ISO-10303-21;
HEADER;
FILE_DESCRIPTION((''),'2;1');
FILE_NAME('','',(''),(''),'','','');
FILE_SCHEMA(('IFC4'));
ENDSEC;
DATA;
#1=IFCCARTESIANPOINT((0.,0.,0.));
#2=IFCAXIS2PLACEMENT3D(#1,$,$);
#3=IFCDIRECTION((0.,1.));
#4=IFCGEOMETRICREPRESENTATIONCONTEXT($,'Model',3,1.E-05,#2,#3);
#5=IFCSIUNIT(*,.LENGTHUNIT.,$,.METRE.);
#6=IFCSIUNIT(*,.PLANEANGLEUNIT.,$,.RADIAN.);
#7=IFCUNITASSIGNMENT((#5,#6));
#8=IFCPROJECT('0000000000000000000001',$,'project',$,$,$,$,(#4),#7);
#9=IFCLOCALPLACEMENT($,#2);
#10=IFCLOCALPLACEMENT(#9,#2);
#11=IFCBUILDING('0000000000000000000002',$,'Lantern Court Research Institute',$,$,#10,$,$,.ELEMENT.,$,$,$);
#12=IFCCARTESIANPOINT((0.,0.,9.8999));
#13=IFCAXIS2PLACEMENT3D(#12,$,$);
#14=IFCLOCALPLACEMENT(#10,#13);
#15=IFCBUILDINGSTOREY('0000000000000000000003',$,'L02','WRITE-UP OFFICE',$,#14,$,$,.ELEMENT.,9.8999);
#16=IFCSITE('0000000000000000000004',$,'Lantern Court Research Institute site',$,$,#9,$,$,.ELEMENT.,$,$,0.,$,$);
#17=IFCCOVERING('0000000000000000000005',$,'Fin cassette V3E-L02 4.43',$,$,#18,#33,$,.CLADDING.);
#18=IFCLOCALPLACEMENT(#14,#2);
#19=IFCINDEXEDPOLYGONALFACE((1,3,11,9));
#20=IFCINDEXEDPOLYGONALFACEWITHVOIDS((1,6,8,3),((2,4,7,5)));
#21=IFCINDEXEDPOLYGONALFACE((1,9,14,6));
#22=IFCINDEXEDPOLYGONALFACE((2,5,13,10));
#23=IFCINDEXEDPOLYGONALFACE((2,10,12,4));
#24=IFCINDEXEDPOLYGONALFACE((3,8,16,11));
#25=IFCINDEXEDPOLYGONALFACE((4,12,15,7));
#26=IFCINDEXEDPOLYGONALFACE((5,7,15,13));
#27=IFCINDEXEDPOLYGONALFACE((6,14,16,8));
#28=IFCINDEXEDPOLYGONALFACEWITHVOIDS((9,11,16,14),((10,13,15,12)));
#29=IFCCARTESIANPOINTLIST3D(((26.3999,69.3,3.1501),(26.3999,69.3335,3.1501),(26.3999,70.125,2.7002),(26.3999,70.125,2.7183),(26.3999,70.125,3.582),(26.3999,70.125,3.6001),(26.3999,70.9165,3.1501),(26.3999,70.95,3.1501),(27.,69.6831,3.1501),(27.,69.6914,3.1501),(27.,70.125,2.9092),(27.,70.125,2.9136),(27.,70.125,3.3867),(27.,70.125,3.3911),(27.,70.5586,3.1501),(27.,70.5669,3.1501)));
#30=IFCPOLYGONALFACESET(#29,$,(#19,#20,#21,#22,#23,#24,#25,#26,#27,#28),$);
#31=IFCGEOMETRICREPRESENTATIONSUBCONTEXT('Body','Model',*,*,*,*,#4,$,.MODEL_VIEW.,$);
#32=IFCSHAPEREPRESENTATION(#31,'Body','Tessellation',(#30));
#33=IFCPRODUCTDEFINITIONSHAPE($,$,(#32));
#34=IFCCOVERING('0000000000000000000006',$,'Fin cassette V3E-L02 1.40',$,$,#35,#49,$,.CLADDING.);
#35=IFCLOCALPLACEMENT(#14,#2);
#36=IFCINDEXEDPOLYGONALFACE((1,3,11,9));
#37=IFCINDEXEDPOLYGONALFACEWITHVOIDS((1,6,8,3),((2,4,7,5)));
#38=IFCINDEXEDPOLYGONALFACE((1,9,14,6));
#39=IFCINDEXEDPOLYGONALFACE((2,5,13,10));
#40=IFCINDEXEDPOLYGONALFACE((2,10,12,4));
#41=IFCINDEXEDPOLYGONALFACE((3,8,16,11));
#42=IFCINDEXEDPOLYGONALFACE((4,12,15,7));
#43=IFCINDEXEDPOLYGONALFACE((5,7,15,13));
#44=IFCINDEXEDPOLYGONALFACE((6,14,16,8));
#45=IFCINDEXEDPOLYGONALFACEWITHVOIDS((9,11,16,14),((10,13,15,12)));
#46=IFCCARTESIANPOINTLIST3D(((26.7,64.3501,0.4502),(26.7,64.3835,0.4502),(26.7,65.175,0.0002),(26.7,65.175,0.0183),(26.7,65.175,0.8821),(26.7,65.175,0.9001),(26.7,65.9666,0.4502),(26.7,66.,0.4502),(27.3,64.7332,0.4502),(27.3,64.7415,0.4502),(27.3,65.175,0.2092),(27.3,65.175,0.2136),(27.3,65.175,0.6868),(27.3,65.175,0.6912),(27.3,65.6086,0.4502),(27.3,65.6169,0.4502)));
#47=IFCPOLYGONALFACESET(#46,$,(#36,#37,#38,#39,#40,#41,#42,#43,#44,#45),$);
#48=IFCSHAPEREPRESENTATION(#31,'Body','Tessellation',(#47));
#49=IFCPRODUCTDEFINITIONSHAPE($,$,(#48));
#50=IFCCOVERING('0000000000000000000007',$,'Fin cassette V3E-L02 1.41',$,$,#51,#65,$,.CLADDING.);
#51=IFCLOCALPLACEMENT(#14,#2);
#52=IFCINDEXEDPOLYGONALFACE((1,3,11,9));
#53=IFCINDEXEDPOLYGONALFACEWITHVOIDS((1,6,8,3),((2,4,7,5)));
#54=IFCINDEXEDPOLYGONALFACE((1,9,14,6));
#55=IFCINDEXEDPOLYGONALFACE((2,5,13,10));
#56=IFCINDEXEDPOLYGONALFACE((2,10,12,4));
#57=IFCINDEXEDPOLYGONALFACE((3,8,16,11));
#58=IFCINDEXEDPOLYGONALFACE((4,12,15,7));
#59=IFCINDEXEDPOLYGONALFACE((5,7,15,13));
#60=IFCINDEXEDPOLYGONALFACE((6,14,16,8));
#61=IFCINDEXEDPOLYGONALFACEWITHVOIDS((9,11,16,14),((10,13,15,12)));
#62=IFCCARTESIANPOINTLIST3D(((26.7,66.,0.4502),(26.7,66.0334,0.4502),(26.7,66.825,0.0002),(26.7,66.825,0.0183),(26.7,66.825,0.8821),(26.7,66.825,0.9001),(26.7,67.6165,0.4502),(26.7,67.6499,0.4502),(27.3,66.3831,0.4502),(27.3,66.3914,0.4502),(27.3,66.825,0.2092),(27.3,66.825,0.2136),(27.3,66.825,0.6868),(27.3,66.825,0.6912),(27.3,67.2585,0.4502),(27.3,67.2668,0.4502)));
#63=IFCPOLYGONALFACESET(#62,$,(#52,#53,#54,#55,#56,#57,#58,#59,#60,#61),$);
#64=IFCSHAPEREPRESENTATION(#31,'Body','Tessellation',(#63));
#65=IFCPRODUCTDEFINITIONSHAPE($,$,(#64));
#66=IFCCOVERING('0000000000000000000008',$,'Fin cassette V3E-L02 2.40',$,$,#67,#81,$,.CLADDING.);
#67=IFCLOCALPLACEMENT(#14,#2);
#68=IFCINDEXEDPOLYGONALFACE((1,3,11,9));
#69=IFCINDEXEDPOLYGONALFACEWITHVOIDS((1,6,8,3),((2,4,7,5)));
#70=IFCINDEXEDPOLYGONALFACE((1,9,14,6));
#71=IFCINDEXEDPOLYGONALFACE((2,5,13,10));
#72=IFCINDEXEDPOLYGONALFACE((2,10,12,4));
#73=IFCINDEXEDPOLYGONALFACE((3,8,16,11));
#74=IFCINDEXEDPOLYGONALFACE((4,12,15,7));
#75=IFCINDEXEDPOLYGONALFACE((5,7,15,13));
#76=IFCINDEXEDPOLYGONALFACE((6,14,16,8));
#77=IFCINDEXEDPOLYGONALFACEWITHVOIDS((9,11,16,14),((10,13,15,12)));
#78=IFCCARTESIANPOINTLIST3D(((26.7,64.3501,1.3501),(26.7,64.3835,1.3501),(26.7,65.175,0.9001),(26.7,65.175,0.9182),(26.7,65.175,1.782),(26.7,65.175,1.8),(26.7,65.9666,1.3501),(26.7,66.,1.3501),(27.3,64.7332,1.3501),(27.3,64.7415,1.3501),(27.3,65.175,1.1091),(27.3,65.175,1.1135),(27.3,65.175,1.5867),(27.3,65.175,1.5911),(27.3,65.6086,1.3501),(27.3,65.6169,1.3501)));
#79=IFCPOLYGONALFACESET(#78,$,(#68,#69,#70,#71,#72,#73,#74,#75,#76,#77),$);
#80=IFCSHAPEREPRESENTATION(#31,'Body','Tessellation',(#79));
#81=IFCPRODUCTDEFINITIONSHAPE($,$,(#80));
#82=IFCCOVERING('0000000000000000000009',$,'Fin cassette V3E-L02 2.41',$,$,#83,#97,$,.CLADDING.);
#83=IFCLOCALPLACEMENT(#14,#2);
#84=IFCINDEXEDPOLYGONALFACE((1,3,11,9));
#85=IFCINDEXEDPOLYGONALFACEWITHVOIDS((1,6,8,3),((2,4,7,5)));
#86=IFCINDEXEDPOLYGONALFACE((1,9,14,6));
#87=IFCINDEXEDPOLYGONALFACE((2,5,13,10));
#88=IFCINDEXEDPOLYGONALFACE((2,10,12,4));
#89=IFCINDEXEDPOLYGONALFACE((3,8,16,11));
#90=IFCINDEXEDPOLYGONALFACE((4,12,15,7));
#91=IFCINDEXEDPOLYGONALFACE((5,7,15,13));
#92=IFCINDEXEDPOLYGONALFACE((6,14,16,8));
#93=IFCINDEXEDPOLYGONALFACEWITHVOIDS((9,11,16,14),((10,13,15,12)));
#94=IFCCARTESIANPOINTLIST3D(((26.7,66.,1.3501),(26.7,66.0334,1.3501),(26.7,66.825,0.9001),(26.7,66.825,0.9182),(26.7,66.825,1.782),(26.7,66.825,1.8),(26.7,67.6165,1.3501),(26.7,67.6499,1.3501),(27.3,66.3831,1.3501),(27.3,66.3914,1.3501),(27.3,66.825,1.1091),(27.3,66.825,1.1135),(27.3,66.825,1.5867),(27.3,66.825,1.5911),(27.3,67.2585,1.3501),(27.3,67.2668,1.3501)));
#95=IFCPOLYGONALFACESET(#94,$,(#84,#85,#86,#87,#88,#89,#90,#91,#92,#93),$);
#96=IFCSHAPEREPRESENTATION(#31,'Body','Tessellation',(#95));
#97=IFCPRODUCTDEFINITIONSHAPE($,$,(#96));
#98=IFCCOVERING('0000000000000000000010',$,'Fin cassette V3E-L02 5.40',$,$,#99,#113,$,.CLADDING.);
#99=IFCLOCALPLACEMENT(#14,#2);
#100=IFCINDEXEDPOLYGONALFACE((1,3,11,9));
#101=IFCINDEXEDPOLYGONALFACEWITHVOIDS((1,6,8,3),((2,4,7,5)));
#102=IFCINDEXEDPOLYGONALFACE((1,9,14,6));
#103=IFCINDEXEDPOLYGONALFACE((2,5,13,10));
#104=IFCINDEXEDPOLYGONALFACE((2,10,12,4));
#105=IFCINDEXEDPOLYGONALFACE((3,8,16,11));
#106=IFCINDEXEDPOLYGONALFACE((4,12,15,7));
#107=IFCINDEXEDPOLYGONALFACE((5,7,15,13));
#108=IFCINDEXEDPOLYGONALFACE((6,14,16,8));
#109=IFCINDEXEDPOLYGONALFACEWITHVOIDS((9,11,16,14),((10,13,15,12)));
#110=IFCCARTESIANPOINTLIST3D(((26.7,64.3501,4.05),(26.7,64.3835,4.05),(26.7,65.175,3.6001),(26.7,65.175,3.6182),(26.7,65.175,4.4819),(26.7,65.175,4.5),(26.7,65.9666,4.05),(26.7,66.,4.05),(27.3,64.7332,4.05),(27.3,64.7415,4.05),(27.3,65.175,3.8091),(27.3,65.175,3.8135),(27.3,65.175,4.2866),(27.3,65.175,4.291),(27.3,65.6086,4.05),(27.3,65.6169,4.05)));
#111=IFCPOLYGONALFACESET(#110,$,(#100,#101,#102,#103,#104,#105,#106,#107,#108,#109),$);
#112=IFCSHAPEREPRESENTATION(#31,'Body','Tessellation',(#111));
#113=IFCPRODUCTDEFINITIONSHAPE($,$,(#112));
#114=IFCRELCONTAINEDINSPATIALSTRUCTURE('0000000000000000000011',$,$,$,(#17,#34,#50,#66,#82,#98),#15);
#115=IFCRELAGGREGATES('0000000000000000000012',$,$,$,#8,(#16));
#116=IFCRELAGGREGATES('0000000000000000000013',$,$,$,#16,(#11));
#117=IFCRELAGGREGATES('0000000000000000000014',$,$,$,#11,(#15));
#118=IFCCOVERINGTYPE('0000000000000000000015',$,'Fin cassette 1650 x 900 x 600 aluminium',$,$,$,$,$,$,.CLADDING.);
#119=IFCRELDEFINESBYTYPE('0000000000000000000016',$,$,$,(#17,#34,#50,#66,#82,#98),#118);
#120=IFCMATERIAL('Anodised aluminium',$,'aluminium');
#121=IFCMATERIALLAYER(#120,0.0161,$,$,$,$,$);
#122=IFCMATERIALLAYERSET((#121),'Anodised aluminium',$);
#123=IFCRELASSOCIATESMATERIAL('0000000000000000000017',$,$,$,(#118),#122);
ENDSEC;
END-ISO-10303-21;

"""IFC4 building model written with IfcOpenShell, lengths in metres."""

from ifc_helpers import new_model, entity, si_unit, direction, frame, origin, place, context, subcontext, project, spatial, material, layer, layer_set, type_object, element, save


model = new_model("IFC4")

# Units and contexts
model_context = context("Model", 3, precision=1e-05, world=origin(), true_north=direction((0.0, 1.0)))
body_context = subcontext(model_context, "Body", "Model", "MODEL_VIEW")
ifc_project = project(units=[si_unit("LENGTHUNIT", "METRE"), si_unit("PLANEANGLEUNIT", "RADIAN")], contexts=[model_context])

# Site, building, storey
site_placement = place(None, origin())
site = spatial("IfcSite", under=ifc_project, at=site_placement, Name="Lantern Court Research Institute site", CompositionType="ELEMENT", RefElevation=0.0)
building_placement = place(site_placement, origin())
building = spatial("IfcBuilding", under=site, at=building_placement, Name="Lantern Court Research Institute", CompositionType="ELEMENT")
storey_placement = place(building_placement, frame((0.0, 0.0, 9.8999)))
storey = spatial("IfcBuildingStorey", under=building, at=storey_placement, Name="L02", Description="WRITE-UP OFFICE", CompositionType="ELEMENT", Elevation=9.8999)

# Coverings
ifc_material_1 = material(Name="Anodised aluminium", Category="aluminium")
ifc_layer_1 = layer(ifc_material_1, 0.0161)
ifc_layer_set_1 = layer_set([ifc_layer_1], Name="Anodised aluminium")
covering_type_1 = type_object("IfcCoveringType", Name="Fin cassette 1650 x 900 x 600 aluminium", PredefinedType="CLADDING", material=ifc_layer_set_1)
covering_1_placement = place(storey_placement, frame((26.3999, 70.125, 3.1501), z_axis=(1.0, 0.0, 0.0), x_axis=(0.0, 1.0, 0.0)))
cartesian_point_1 = entity("IfcCartesianPoint", [0.825, 0.0])
cartesian_point_2 = entity("IfcCartesianPoint", [0.7915, 0.0])
cartesian_point_3 = entity("IfcCartesianPoint", [0.4419, 0.0])
cartesian_point_4 = entity("IfcCartesianPoint", [0.4336, 0.0])
element("IfcCovering", 1, at=covering_1_placement, inside=storey, type_object=covering_type_1, Name="Fin cassette V3E-L02 4.43", PredefinedType="CLADDING", context=body_context, shape_type="SweptSolid", body=[
    entity("IfcExtrudedAreaSolidTapered", entity("IfcArbitraryProfileDefWithVoids", "AREA", None, entity("IfcPolyline", [cartesian_point_1, entity("IfcCartesianPoint", [0.0, 0.45]), entity("IfcCartesianPoint", [-0.825, 0.0]), entity("IfcCartesianPoint", [0.0, -0.45]), cartesian_point_1]), [entity("IfcPolyline", [cartesian_point_2, entity("IfcCartesianPoint", [0.0, 0.4319]), entity("IfcCartesianPoint", [-0.7915, 0.0]), entity("IfcCartesianPoint", [0.0, -0.4319]), cartesian_point_2])]), entity("IfcAxis2Placement3D", entity("IfcCartesianPoint", [0.0, 0.0, 0.0])), entity("IfcDirection", [0.0, 0.0, 1.0]), 0.6001, entity("IfcArbitraryProfileDefWithVoids", "AREA", None, entity("IfcPolyline", [cartesian_point_3, entity("IfcCartesianPoint", [0.0, 0.241]), entity("IfcCartesianPoint", [-0.4419, 0.0]), entity("IfcCartesianPoint", [0.0, -0.241]), cartesian_point_3]), [entity("IfcPolyline", [cartesian_point_4, entity("IfcCartesianPoint", [0.0, 0.2366]), entity("IfcCartesianPoint", [-0.4336, 0.0]), entity("IfcCartesianPoint", [0.0, -0.2366]), cartesian_point_4])])),
])
covering_2_placement = place(storey_placement, frame((26.7, 65.175, 0.4502), z_axis=(1.0, 0.0, 0.0), x_axis=(0.0, 1.0, 0.0)))
cartesian_point_5 = entity("IfcCartesianPoint", [0.825, 0.0])
cartesian_point_6 = entity("IfcCartesianPoint", [0.7915, 0.0])
cartesian_point_7 = entity("IfcCartesianPoint", [0.4419, 0.0])
cartesian_point_8 = entity("IfcCartesianPoint", [0.4336, 0.0])
element("IfcCovering", 2, at=covering_2_placement, inside=storey, type_object=covering_type_1, Name="Fin cassette V3E-L02 1.40", PredefinedType="CLADDING", context=body_context, shape_type="SweptSolid", body=[
    entity("IfcExtrudedAreaSolidTapered", entity("IfcArbitraryProfileDefWithVoids", "AREA", None, entity("IfcPolyline", [cartesian_point_5, entity("IfcCartesianPoint", [0.0, 0.45]), entity("IfcCartesianPoint", [-0.825, 0.0]), entity("IfcCartesianPoint", [0.0, -0.45]), cartesian_point_5]), [entity("IfcPolyline", [cartesian_point_6, entity("IfcCartesianPoint", [0.0, 0.4319]), entity("IfcCartesianPoint", [-0.7915, 0.0]), entity("IfcCartesianPoint", [0.0, -0.4319]), cartesian_point_6])]), entity("IfcAxis2Placement3D", entity("IfcCartesianPoint", [0.0, 0.0, 0.0])), entity("IfcDirection", [0.0, 0.0, 1.0]), 0.6001, entity("IfcArbitraryProfileDefWithVoids", "AREA", None, entity("IfcPolyline", [cartesian_point_7, entity("IfcCartesianPoint", [0.0, 0.241]), entity("IfcCartesianPoint", [-0.4419, 0.0]), entity("IfcCartesianPoint", [0.0, -0.241]), cartesian_point_7]), [entity("IfcPolyline", [cartesian_point_8, entity("IfcCartesianPoint", [0.0, 0.2366]), entity("IfcCartesianPoint", [-0.4336, 0.0]), entity("IfcCartesianPoint", [0.0, -0.2366]), cartesian_point_8])])),
])
covering_3_placement = place(storey_placement, frame((26.7, 66.825, 0.4502), z_axis=(1.0, 0.0, 0.0), x_axis=(0.0, 1.0, 0.0)))
cartesian_point_9 = entity("IfcCartesianPoint", [0.825, 0.0])
cartesian_point_10 = entity("IfcCartesianPoint", [0.7915, 0.0])
cartesian_point_11 = entity("IfcCartesianPoint", [0.4419, 0.0])
cartesian_point_12 = entity("IfcCartesianPoint", [0.4336, 0.0])
element("IfcCovering", 3, at=covering_3_placement, inside=storey, type_object=covering_type_1, Name="Fin cassette V3E-L02 1.41", PredefinedType="CLADDING", context=body_context, shape_type="SweptSolid", body=[
    entity("IfcExtrudedAreaSolidTapered", entity("IfcArbitraryProfileDefWithVoids", "AREA", None, entity("IfcPolyline", [cartesian_point_9, entity("IfcCartesianPoint", [0.0, 0.45]), entity("IfcCartesianPoint", [-0.825, 0.0]), entity("IfcCartesianPoint", [0.0, -0.45]), cartesian_point_9]), [entity("IfcPolyline", [cartesian_point_10, entity("IfcCartesianPoint", [0.0, 0.4319]), entity("IfcCartesianPoint", [-0.7915, 0.0]), entity("IfcCartesianPoint", [0.0, -0.4319]), cartesian_point_10])]), entity("IfcAxis2Placement3D", entity("IfcCartesianPoint", [0.0, 0.0, 0.0])), entity("IfcDirection", [0.0, 0.0, 1.0]), 0.6001, entity("IfcArbitraryProfileDefWithVoids", "AREA", None, entity("IfcPolyline", [cartesian_point_11, entity("IfcCartesianPoint", [0.0, 0.241]), entity("IfcCartesianPoint", [-0.4419, 0.0]), entity("IfcCartesianPoint", [0.0, -0.241]), cartesian_point_11]), [entity("IfcPolyline", [cartesian_point_12, entity("IfcCartesianPoint", [0.0, 0.2366]), entity("IfcCartesianPoint", [-0.4336, 0.0]), entity("IfcCartesianPoint", [0.0, -0.2366]), cartesian_point_12])])),
])
covering_4_placement = place(storey_placement, frame((26.7, 65.175, 1.3501), z_axis=(1.0, 0.0, 0.0), x_axis=(0.0, 1.0, 0.0)))
cartesian_point_13 = entity("IfcCartesianPoint", [0.825, 0.0])
cartesian_point_14 = entity("IfcCartesianPoint", [0.7915, 0.0])
cartesian_point_15 = entity("IfcCartesianPoint", [0.4419, 0.0])
cartesian_point_16 = entity("IfcCartesianPoint", [0.4336, 0.0])
element("IfcCovering", 4, at=covering_4_placement, inside=storey, type_object=covering_type_1, Name="Fin cassette V3E-L02 2.40", PredefinedType="CLADDING", context=body_context, shape_type="SweptSolid", body=[
    entity("IfcExtrudedAreaSolidTapered", entity("IfcArbitraryProfileDefWithVoids", "AREA", None, entity("IfcPolyline", [cartesian_point_13, entity("IfcCartesianPoint", [0.0, 0.45]), entity("IfcCartesianPoint", [-0.825, 0.0]), entity("IfcCartesianPoint", [0.0, -0.45]), cartesian_point_13]), [entity("IfcPolyline", [cartesian_point_14, entity("IfcCartesianPoint", [0.0, 0.4319]), entity("IfcCartesianPoint", [-0.7915, 0.0]), entity("IfcCartesianPoint", [0.0, -0.4319]), cartesian_point_14])]), entity("IfcAxis2Placement3D", entity("IfcCartesianPoint", [0.0, 0.0, 0.0])), entity("IfcDirection", [0.0, 0.0, 1.0]), 0.6001, entity("IfcArbitraryProfileDefWithVoids", "AREA", None, entity("IfcPolyline", [cartesian_point_15, entity("IfcCartesianPoint", [0.0, 0.241]), entity("IfcCartesianPoint", [-0.4419, 0.0]), entity("IfcCartesianPoint", [0.0, -0.241]), cartesian_point_15]), [entity("IfcPolyline", [cartesian_point_16, entity("IfcCartesianPoint", [0.0, 0.2366]), entity("IfcCartesianPoint", [-0.4336, 0.0]), entity("IfcCartesianPoint", [0.0, -0.2366]), cartesian_point_16])])),
])
covering_5_placement = place(storey_placement, frame((26.7, 66.825, 1.3501), z_axis=(1.0, 0.0, 0.0), x_axis=(0.0, 1.0, 0.0)))
cartesian_point_17 = entity("IfcCartesianPoint", [0.825, 0.0])
cartesian_point_18 = entity("IfcCartesianPoint", [0.7915, 0.0])
cartesian_point_19 = entity("IfcCartesianPoint", [0.4419, 0.0])
cartesian_point_20 = entity("IfcCartesianPoint", [0.4336, 0.0])
element("IfcCovering", 5, at=covering_5_placement, inside=storey, type_object=covering_type_1, Name="Fin cassette V3E-L02 2.41", PredefinedType="CLADDING", context=body_context, shape_type="SweptSolid", body=[
    entity("IfcExtrudedAreaSolidTapered", entity("IfcArbitraryProfileDefWithVoids", "AREA", None, entity("IfcPolyline", [cartesian_point_17, entity("IfcCartesianPoint", [0.0, 0.45]), entity("IfcCartesianPoint", [-0.825, 0.0]), entity("IfcCartesianPoint", [0.0, -0.45]), cartesian_point_17]), [entity("IfcPolyline", [cartesian_point_18, entity("IfcCartesianPoint", [0.0, 0.4319]), entity("IfcCartesianPoint", [-0.7915, 0.0]), entity("IfcCartesianPoint", [0.0, -0.4319]), cartesian_point_18])]), entity("IfcAxis2Placement3D", entity("IfcCartesianPoint", [0.0, 0.0, 0.0])), entity("IfcDirection", [0.0, 0.0, 1.0]), 0.6001, entity("IfcArbitraryProfileDefWithVoids", "AREA", None, entity("IfcPolyline", [cartesian_point_19, entity("IfcCartesianPoint", [0.0, 0.241]), entity("IfcCartesianPoint", [-0.4419, 0.0]), entity("IfcCartesianPoint", [0.0, -0.241]), cartesian_point_19]), [entity("IfcPolyline", [cartesian_point_20, entity("IfcCartesianPoint", [0.0, 0.2366]), entity("IfcCartesianPoint", [-0.4336, 0.0]), entity("IfcCartesianPoint", [0.0, -0.2366]), cartesian_point_20])])),
])
covering_6_placement = place(storey_placement, frame((26.7, 65.175, 4.05), z_axis=(1.0, 0.0, 0.0), x_axis=(0.0, 1.0, 0.0)))
cartesian_point_21 = entity("IfcCartesianPoint", [0.825, 0.0])
cartesian_point_22 = entity("IfcCartesianPoint", [0.7915, 0.0])
cartesian_point_23 = entity("IfcCartesianPoint", [0.4419, 0.0])
cartesian_point_24 = entity("IfcCartesianPoint", [0.4336, 0.0])
element("IfcCovering", 6, at=covering_6_placement, inside=storey, type_object=covering_type_1, Name="Fin cassette V3E-L02 5.40", PredefinedType="CLADDING", context=body_context, shape_type="SweptSolid", body=[
    entity("IfcExtrudedAreaSolidTapered", entity("IfcArbitraryProfileDefWithVoids", "AREA", None, entity("IfcPolyline", [cartesian_point_21, entity("IfcCartesianPoint", [0.0, 0.45]), entity("IfcCartesianPoint", [-0.825, 0.0]), entity("IfcCartesianPoint", [0.0, -0.45]), cartesian_point_21]), [entity("IfcPolyline", [cartesian_point_22, entity("IfcCartesianPoint", [0.0, 0.4319]), entity("IfcCartesianPoint", [-0.7915, 0.0]), entity("IfcCartesianPoint", [0.0, -0.4319]), cartesian_point_22])]), entity("IfcAxis2Placement3D", entity("IfcCartesianPoint", [0.0, 0.0, 0.0])), entity("IfcDirection", [0.0, 0.0, 1.0]), 0.6001, entity("IfcArbitraryProfileDefWithVoids", "AREA", None, entity("IfcPolyline", [cartesian_point_23, entity("IfcCartesianPoint", [0.0, 0.241]), entity("IfcCartesianPoint", [-0.4419, 0.0]), entity("IfcCartesianPoint", [0.0, -0.241]), cartesian_point_23]), [entity("IfcPolyline", [cartesian_point_24, entity("IfcCartesianPoint", [0.0, 0.2366]), entity("IfcCartesianPoint", [-0.4336, 0.0]), entity("IfcCartesianPoint", [0.0, -0.2366]), cartesian_point_24])])),
])

save(model, "model.ifc")
